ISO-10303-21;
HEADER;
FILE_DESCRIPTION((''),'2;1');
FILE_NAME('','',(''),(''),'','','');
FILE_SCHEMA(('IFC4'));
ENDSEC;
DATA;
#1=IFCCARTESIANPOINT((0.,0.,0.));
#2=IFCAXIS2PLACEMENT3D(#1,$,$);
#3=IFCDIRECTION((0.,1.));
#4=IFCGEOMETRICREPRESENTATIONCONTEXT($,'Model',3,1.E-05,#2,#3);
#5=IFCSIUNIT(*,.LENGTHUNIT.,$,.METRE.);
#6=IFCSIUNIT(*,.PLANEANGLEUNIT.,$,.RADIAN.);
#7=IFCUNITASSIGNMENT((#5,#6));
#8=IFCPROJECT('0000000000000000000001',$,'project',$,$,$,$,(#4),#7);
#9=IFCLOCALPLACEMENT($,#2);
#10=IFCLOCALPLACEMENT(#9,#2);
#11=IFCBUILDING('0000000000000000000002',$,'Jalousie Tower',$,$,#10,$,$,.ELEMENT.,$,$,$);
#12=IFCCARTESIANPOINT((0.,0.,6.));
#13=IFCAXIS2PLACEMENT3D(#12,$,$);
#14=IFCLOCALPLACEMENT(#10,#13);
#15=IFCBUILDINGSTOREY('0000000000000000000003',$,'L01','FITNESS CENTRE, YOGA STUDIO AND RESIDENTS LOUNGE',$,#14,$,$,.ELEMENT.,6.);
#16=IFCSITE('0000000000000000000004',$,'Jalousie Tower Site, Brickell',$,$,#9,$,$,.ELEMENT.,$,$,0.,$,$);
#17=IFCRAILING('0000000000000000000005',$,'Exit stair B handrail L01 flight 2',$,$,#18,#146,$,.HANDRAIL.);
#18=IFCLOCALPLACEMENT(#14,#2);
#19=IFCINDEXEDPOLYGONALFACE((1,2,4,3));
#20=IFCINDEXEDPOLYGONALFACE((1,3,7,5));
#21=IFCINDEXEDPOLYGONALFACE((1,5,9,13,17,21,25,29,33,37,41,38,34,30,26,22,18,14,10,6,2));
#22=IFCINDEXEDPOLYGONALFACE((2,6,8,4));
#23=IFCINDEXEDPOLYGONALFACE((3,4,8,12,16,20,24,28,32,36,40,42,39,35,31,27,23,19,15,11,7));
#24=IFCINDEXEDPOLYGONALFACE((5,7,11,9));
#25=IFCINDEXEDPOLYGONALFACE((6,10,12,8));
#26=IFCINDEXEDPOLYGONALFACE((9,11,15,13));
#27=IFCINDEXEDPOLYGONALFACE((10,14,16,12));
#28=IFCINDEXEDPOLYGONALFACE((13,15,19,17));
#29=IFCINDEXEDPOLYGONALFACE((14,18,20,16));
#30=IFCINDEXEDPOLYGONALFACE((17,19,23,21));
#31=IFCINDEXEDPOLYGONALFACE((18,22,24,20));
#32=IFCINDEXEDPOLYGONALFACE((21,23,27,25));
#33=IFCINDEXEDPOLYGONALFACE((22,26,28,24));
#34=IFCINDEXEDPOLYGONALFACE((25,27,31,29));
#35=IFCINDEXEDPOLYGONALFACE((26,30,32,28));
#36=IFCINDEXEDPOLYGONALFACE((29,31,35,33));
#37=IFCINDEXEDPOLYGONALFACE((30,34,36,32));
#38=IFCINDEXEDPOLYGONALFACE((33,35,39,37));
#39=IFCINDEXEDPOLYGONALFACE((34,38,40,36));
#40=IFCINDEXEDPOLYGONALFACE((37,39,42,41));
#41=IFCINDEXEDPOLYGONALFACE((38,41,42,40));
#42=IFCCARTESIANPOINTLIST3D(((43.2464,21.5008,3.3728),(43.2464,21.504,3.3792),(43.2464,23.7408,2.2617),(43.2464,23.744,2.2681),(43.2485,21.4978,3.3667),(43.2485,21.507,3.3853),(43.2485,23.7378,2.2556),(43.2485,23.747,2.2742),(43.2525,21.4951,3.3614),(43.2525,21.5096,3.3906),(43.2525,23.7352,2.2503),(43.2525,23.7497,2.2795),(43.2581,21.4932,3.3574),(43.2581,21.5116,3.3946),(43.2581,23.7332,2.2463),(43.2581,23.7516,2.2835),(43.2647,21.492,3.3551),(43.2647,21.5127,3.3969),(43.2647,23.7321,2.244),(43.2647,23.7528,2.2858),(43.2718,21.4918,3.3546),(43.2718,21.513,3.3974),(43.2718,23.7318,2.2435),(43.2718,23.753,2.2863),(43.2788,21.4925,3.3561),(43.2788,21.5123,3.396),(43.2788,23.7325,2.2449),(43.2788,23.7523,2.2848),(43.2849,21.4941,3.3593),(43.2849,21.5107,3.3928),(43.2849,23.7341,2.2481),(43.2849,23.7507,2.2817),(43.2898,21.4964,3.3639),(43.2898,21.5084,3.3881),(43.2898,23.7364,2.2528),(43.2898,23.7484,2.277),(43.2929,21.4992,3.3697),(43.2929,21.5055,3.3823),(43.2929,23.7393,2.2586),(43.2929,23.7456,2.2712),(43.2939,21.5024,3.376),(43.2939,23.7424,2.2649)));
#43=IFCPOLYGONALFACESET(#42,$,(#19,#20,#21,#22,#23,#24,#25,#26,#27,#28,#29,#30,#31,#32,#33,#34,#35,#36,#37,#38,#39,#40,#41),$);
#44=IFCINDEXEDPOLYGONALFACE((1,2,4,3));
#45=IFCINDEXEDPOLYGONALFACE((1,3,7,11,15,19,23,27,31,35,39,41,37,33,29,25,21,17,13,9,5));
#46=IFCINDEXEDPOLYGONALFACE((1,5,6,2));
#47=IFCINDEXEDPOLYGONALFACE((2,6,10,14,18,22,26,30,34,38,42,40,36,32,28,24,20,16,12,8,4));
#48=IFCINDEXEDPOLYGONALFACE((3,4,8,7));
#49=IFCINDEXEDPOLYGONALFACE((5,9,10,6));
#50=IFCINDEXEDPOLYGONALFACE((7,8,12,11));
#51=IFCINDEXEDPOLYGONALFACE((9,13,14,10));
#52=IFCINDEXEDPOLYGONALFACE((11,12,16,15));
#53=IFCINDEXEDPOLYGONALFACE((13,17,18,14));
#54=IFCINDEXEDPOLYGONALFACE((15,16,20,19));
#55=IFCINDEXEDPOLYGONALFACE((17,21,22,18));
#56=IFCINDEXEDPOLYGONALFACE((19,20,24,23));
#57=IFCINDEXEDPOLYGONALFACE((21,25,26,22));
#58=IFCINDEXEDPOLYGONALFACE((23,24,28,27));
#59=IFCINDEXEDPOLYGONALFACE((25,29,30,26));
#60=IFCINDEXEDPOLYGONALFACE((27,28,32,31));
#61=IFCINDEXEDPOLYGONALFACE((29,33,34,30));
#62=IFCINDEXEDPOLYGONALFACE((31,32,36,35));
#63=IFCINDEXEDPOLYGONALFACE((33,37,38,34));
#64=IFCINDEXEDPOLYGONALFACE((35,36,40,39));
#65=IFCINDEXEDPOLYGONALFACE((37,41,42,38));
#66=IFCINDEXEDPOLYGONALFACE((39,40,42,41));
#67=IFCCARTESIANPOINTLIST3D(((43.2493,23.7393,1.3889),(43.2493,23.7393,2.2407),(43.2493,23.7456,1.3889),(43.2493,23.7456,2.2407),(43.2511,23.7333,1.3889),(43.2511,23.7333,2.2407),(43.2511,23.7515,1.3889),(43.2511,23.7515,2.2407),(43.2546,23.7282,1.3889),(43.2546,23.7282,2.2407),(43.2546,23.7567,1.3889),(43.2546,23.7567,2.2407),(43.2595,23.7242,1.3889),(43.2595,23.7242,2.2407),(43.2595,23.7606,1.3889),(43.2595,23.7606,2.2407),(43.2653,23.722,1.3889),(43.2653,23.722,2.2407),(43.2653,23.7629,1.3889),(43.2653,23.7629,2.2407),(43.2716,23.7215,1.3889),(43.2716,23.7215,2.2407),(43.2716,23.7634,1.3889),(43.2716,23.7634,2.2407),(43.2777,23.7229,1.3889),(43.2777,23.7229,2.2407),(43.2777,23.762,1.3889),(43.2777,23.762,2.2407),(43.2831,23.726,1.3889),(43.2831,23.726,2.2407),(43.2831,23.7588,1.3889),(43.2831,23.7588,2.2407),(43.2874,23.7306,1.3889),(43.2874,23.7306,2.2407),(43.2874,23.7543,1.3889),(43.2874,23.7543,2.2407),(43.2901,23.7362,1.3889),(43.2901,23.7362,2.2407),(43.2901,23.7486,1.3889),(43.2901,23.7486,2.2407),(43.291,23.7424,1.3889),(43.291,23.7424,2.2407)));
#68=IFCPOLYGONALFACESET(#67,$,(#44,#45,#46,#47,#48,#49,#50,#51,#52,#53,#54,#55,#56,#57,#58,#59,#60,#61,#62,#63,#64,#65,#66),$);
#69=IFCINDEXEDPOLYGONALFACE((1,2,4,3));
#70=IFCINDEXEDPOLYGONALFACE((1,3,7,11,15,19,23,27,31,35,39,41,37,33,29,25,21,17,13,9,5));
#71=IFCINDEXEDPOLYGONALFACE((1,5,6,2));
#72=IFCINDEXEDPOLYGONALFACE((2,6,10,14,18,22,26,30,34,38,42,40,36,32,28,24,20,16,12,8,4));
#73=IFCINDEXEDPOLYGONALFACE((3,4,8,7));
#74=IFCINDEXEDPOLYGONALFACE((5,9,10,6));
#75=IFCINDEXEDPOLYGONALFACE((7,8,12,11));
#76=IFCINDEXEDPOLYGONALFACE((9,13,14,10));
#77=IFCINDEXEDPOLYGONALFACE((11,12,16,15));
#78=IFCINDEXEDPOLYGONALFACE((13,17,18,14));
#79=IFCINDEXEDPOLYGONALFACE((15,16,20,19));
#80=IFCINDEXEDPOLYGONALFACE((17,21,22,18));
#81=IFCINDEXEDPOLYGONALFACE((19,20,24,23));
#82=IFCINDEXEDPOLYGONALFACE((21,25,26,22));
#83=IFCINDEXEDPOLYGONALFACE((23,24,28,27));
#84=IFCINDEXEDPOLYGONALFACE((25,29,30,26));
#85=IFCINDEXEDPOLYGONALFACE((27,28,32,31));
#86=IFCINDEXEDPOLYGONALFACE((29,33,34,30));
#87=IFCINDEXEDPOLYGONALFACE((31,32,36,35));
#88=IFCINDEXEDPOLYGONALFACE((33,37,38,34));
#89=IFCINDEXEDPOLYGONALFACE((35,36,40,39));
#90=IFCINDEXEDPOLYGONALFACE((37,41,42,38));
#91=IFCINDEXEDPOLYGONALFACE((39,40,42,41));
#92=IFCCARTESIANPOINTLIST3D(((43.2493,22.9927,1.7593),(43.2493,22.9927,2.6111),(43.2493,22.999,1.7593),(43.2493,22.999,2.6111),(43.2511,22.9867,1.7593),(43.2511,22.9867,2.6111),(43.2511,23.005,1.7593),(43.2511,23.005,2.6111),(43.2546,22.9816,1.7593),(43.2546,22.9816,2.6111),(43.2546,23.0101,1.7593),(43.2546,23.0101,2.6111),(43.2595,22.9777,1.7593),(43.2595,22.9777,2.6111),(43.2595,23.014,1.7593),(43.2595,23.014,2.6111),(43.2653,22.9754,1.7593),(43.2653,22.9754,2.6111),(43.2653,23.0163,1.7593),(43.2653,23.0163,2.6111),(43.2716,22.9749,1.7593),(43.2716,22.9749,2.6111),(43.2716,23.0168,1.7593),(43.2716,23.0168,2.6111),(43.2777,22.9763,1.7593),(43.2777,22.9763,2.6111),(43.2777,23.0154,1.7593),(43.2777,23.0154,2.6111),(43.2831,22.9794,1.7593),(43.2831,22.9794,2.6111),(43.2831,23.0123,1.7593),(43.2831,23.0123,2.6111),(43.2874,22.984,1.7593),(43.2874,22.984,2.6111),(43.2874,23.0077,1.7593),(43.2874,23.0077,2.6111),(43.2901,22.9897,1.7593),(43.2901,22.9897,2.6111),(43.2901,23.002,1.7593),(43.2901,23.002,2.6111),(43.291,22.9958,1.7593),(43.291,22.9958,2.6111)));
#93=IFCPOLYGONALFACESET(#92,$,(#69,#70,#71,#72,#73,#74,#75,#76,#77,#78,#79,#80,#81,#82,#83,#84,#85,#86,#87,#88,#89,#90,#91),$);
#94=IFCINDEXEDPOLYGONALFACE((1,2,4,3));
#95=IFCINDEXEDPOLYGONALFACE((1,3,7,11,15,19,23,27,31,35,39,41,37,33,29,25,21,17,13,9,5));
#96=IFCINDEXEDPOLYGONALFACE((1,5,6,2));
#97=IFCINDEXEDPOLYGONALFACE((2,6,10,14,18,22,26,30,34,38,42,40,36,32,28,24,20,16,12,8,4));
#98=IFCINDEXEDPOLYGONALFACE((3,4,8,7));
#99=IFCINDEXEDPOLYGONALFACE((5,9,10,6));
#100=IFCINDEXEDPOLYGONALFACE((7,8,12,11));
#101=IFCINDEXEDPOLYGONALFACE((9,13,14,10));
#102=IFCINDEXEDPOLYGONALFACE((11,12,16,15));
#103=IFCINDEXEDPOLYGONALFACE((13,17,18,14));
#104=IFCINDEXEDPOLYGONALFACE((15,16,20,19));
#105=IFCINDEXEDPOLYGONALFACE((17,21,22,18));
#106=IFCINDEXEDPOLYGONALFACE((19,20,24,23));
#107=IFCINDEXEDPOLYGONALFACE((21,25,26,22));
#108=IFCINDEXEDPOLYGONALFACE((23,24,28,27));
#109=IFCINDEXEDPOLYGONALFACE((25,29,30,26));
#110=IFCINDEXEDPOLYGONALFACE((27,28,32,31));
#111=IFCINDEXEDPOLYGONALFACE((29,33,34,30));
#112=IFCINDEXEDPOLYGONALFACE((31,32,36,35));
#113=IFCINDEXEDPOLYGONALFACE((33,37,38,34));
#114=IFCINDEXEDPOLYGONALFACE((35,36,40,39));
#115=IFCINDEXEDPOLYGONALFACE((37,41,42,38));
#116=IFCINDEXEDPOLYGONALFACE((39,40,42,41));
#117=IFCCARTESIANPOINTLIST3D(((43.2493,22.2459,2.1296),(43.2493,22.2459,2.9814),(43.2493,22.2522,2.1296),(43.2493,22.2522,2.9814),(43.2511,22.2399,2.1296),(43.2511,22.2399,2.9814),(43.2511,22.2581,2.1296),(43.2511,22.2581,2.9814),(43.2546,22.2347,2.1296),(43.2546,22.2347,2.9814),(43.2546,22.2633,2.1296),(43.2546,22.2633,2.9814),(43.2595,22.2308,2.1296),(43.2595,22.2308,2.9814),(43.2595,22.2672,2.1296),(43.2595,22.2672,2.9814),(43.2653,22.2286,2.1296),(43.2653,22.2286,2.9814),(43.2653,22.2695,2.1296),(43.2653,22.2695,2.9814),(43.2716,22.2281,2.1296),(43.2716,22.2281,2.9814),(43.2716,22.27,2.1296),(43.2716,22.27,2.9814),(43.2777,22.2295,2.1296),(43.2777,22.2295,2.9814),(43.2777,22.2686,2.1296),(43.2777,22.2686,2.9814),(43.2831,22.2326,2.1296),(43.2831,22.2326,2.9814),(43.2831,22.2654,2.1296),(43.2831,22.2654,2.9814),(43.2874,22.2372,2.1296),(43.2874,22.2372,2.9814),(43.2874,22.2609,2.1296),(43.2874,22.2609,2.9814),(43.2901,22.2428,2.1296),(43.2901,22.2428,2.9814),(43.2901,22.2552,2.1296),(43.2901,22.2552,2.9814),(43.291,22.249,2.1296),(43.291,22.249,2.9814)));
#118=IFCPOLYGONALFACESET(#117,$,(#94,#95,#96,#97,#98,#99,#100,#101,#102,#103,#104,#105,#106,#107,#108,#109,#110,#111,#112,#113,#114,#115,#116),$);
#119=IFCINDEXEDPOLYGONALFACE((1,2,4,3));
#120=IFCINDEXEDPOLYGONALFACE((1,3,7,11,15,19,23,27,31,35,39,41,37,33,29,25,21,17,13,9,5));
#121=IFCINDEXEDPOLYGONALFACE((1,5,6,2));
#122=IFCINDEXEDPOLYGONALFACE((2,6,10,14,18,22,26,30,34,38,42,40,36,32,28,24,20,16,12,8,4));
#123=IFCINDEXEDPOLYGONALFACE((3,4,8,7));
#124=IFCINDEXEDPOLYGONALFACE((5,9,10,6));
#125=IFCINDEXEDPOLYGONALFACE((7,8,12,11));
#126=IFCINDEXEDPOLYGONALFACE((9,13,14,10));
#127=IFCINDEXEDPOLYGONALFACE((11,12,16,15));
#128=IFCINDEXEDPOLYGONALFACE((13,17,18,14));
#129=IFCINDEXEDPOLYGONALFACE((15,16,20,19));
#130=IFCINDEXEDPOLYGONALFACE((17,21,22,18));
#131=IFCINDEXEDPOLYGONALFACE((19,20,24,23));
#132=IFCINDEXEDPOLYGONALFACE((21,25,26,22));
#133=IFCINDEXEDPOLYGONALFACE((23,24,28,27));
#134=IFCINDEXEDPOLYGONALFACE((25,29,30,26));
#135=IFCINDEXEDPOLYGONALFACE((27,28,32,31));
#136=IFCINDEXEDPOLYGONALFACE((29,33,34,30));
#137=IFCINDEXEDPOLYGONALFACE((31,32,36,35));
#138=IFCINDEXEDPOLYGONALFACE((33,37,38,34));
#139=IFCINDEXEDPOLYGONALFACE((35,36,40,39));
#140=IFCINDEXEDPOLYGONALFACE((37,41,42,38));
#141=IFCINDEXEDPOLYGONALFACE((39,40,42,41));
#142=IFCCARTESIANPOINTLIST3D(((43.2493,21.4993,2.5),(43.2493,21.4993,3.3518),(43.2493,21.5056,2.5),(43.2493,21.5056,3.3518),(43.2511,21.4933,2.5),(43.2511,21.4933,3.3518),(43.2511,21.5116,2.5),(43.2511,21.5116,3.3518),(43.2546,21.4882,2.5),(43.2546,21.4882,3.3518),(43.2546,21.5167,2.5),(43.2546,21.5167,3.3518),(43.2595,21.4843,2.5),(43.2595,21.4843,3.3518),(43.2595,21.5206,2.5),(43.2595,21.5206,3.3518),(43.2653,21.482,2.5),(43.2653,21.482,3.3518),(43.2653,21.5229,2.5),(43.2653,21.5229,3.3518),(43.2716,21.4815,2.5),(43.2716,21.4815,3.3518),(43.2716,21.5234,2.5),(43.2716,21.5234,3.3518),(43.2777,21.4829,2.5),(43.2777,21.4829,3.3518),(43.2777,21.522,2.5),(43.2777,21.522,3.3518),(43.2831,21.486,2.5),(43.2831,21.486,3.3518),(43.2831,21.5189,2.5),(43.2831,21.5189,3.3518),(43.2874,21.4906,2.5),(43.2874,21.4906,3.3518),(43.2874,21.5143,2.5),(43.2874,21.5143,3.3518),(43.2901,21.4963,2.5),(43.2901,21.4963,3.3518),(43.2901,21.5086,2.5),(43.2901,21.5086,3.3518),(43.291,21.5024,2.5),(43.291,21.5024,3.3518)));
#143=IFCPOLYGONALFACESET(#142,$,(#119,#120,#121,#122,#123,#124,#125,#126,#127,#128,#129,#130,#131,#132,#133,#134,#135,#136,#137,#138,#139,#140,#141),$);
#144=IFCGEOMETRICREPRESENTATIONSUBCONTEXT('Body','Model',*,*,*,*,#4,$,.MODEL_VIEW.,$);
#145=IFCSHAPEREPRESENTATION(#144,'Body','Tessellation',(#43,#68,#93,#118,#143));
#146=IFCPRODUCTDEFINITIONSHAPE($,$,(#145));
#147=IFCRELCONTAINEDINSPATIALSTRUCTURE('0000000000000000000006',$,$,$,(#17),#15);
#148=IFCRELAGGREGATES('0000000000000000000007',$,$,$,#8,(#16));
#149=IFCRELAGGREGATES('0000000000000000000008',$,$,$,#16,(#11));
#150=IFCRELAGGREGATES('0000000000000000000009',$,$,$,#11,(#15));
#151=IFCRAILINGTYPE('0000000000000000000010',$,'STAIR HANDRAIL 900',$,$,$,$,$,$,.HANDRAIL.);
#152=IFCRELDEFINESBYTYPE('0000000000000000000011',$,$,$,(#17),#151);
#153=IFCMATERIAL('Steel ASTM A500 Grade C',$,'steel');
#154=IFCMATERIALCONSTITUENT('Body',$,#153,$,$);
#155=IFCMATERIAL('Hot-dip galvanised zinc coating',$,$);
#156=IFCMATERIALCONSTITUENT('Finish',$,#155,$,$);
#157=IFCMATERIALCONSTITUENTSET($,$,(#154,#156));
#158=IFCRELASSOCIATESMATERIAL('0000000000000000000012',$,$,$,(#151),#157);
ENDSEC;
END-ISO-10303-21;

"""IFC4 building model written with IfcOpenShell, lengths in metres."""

from ifc_helpers import new_model, si_unit, direction, frame, origin, origin_2d, place, context, subcontext, project, spatial, circle, extrude, material, constituent, constituent_set, type_object, element, save


model = new_model("IFC4")

# Units and contexts
model_context = context("Model", 3, precision=1e-05, world=origin(), true_north=direction((0.0, 1.0)))
body_context = subcontext(model_context, "Body", "Model", "MODEL_VIEW")
ifc_project = project(units=[si_unit("LENGTHUNIT", "METRE"), si_unit("PLANEANGLEUNIT", "RADIAN")], contexts=[model_context])

# Site, building, storey
site_placement = place(None, origin())
site = spatial("IfcSite", under=ifc_project, at=site_placement, Name="Jalousie Tower Site, Brickell", CompositionType="ELEMENT", RefElevation=0.0)
building_placement = place(site_placement, origin())
building = spatial("IfcBuilding", under=site, at=building_placement, Name="Jalousie Tower", CompositionType="ELEMENT")
storey_placement = place(building_placement, frame((0.0, 0.0, 6.0)))
storey = spatial("IfcBuildingStorey", under=building, at=storey_placement, Name="L01", Description="FITNESS CENTRE, YOGA STUDIO AND RESIDENTS LOUNGE", CompositionType="ELEMENT", Elevation=6.0)

# Railing
ifc_material_1 = material(Name="Steel ASTM A500 Grade C", Category="steel")
ifc_constituent_1 = constituent(ifc_material_1, Name="Body")
ifc_material_2 = material(Name="Hot-dip galvanised zinc coating")
ifc_constituent_2 = constituent(ifc_material_2, Name="Finish")
ifc_constituent_set_1 = constituent_set(constituents=[ifc_constituent_1, ifc_constituent_2])
railing_type_1 = type_object("IfcRailingType", Name="STAIR HANDRAIL 900", PredefinedType="HANDRAIL", material=ifc_constituent_set_1)
for number, where, name in (
    (1, (43.27, 23.7424, 1.3889), "Exit stair B handrail L01 flight 2"),
):
    element("IfcRailing", number, at=place(storey_placement, frame(where)), inside=storey, type_object=railing_type_1, Name=name, PredefinedType="HANDRAIL", context=body_context, shape_type="SweptSolid", body=[
        extrude(circle(Radius=0.0239, at=origin_2d()), frame((0.0, 0.0, 0.876), z_axis=(0.0, -0.895848, 0.44436), x_axis=(1.0, 0.0, 0.0)), (0.0, 0.0, 1.0), 2.5005),
        extrude(circle(Radius=0.021, at=origin_2d()), origin(), (0.0, 0.0, 1.0), 0.8518),
        extrude(circle(Radius=0.021, at=origin_2d()), frame((0.0, -0.7466, 0.3704)), (0.0, 0.0, 1.0), 0.8518),
        extrude(circle(Radius=0.021, at=origin_2d()), frame((0.0, -1.4934, 0.7407)), (0.0, 0.0, 1.0), 0.8518),
        extrude(circle(Radius=0.021, at=origin_2d()), frame((0.0, -2.24, 1.1111)), (0.0, 0.0, 1.0), 0.8518),
    ])

save(model, "model.ifc")
